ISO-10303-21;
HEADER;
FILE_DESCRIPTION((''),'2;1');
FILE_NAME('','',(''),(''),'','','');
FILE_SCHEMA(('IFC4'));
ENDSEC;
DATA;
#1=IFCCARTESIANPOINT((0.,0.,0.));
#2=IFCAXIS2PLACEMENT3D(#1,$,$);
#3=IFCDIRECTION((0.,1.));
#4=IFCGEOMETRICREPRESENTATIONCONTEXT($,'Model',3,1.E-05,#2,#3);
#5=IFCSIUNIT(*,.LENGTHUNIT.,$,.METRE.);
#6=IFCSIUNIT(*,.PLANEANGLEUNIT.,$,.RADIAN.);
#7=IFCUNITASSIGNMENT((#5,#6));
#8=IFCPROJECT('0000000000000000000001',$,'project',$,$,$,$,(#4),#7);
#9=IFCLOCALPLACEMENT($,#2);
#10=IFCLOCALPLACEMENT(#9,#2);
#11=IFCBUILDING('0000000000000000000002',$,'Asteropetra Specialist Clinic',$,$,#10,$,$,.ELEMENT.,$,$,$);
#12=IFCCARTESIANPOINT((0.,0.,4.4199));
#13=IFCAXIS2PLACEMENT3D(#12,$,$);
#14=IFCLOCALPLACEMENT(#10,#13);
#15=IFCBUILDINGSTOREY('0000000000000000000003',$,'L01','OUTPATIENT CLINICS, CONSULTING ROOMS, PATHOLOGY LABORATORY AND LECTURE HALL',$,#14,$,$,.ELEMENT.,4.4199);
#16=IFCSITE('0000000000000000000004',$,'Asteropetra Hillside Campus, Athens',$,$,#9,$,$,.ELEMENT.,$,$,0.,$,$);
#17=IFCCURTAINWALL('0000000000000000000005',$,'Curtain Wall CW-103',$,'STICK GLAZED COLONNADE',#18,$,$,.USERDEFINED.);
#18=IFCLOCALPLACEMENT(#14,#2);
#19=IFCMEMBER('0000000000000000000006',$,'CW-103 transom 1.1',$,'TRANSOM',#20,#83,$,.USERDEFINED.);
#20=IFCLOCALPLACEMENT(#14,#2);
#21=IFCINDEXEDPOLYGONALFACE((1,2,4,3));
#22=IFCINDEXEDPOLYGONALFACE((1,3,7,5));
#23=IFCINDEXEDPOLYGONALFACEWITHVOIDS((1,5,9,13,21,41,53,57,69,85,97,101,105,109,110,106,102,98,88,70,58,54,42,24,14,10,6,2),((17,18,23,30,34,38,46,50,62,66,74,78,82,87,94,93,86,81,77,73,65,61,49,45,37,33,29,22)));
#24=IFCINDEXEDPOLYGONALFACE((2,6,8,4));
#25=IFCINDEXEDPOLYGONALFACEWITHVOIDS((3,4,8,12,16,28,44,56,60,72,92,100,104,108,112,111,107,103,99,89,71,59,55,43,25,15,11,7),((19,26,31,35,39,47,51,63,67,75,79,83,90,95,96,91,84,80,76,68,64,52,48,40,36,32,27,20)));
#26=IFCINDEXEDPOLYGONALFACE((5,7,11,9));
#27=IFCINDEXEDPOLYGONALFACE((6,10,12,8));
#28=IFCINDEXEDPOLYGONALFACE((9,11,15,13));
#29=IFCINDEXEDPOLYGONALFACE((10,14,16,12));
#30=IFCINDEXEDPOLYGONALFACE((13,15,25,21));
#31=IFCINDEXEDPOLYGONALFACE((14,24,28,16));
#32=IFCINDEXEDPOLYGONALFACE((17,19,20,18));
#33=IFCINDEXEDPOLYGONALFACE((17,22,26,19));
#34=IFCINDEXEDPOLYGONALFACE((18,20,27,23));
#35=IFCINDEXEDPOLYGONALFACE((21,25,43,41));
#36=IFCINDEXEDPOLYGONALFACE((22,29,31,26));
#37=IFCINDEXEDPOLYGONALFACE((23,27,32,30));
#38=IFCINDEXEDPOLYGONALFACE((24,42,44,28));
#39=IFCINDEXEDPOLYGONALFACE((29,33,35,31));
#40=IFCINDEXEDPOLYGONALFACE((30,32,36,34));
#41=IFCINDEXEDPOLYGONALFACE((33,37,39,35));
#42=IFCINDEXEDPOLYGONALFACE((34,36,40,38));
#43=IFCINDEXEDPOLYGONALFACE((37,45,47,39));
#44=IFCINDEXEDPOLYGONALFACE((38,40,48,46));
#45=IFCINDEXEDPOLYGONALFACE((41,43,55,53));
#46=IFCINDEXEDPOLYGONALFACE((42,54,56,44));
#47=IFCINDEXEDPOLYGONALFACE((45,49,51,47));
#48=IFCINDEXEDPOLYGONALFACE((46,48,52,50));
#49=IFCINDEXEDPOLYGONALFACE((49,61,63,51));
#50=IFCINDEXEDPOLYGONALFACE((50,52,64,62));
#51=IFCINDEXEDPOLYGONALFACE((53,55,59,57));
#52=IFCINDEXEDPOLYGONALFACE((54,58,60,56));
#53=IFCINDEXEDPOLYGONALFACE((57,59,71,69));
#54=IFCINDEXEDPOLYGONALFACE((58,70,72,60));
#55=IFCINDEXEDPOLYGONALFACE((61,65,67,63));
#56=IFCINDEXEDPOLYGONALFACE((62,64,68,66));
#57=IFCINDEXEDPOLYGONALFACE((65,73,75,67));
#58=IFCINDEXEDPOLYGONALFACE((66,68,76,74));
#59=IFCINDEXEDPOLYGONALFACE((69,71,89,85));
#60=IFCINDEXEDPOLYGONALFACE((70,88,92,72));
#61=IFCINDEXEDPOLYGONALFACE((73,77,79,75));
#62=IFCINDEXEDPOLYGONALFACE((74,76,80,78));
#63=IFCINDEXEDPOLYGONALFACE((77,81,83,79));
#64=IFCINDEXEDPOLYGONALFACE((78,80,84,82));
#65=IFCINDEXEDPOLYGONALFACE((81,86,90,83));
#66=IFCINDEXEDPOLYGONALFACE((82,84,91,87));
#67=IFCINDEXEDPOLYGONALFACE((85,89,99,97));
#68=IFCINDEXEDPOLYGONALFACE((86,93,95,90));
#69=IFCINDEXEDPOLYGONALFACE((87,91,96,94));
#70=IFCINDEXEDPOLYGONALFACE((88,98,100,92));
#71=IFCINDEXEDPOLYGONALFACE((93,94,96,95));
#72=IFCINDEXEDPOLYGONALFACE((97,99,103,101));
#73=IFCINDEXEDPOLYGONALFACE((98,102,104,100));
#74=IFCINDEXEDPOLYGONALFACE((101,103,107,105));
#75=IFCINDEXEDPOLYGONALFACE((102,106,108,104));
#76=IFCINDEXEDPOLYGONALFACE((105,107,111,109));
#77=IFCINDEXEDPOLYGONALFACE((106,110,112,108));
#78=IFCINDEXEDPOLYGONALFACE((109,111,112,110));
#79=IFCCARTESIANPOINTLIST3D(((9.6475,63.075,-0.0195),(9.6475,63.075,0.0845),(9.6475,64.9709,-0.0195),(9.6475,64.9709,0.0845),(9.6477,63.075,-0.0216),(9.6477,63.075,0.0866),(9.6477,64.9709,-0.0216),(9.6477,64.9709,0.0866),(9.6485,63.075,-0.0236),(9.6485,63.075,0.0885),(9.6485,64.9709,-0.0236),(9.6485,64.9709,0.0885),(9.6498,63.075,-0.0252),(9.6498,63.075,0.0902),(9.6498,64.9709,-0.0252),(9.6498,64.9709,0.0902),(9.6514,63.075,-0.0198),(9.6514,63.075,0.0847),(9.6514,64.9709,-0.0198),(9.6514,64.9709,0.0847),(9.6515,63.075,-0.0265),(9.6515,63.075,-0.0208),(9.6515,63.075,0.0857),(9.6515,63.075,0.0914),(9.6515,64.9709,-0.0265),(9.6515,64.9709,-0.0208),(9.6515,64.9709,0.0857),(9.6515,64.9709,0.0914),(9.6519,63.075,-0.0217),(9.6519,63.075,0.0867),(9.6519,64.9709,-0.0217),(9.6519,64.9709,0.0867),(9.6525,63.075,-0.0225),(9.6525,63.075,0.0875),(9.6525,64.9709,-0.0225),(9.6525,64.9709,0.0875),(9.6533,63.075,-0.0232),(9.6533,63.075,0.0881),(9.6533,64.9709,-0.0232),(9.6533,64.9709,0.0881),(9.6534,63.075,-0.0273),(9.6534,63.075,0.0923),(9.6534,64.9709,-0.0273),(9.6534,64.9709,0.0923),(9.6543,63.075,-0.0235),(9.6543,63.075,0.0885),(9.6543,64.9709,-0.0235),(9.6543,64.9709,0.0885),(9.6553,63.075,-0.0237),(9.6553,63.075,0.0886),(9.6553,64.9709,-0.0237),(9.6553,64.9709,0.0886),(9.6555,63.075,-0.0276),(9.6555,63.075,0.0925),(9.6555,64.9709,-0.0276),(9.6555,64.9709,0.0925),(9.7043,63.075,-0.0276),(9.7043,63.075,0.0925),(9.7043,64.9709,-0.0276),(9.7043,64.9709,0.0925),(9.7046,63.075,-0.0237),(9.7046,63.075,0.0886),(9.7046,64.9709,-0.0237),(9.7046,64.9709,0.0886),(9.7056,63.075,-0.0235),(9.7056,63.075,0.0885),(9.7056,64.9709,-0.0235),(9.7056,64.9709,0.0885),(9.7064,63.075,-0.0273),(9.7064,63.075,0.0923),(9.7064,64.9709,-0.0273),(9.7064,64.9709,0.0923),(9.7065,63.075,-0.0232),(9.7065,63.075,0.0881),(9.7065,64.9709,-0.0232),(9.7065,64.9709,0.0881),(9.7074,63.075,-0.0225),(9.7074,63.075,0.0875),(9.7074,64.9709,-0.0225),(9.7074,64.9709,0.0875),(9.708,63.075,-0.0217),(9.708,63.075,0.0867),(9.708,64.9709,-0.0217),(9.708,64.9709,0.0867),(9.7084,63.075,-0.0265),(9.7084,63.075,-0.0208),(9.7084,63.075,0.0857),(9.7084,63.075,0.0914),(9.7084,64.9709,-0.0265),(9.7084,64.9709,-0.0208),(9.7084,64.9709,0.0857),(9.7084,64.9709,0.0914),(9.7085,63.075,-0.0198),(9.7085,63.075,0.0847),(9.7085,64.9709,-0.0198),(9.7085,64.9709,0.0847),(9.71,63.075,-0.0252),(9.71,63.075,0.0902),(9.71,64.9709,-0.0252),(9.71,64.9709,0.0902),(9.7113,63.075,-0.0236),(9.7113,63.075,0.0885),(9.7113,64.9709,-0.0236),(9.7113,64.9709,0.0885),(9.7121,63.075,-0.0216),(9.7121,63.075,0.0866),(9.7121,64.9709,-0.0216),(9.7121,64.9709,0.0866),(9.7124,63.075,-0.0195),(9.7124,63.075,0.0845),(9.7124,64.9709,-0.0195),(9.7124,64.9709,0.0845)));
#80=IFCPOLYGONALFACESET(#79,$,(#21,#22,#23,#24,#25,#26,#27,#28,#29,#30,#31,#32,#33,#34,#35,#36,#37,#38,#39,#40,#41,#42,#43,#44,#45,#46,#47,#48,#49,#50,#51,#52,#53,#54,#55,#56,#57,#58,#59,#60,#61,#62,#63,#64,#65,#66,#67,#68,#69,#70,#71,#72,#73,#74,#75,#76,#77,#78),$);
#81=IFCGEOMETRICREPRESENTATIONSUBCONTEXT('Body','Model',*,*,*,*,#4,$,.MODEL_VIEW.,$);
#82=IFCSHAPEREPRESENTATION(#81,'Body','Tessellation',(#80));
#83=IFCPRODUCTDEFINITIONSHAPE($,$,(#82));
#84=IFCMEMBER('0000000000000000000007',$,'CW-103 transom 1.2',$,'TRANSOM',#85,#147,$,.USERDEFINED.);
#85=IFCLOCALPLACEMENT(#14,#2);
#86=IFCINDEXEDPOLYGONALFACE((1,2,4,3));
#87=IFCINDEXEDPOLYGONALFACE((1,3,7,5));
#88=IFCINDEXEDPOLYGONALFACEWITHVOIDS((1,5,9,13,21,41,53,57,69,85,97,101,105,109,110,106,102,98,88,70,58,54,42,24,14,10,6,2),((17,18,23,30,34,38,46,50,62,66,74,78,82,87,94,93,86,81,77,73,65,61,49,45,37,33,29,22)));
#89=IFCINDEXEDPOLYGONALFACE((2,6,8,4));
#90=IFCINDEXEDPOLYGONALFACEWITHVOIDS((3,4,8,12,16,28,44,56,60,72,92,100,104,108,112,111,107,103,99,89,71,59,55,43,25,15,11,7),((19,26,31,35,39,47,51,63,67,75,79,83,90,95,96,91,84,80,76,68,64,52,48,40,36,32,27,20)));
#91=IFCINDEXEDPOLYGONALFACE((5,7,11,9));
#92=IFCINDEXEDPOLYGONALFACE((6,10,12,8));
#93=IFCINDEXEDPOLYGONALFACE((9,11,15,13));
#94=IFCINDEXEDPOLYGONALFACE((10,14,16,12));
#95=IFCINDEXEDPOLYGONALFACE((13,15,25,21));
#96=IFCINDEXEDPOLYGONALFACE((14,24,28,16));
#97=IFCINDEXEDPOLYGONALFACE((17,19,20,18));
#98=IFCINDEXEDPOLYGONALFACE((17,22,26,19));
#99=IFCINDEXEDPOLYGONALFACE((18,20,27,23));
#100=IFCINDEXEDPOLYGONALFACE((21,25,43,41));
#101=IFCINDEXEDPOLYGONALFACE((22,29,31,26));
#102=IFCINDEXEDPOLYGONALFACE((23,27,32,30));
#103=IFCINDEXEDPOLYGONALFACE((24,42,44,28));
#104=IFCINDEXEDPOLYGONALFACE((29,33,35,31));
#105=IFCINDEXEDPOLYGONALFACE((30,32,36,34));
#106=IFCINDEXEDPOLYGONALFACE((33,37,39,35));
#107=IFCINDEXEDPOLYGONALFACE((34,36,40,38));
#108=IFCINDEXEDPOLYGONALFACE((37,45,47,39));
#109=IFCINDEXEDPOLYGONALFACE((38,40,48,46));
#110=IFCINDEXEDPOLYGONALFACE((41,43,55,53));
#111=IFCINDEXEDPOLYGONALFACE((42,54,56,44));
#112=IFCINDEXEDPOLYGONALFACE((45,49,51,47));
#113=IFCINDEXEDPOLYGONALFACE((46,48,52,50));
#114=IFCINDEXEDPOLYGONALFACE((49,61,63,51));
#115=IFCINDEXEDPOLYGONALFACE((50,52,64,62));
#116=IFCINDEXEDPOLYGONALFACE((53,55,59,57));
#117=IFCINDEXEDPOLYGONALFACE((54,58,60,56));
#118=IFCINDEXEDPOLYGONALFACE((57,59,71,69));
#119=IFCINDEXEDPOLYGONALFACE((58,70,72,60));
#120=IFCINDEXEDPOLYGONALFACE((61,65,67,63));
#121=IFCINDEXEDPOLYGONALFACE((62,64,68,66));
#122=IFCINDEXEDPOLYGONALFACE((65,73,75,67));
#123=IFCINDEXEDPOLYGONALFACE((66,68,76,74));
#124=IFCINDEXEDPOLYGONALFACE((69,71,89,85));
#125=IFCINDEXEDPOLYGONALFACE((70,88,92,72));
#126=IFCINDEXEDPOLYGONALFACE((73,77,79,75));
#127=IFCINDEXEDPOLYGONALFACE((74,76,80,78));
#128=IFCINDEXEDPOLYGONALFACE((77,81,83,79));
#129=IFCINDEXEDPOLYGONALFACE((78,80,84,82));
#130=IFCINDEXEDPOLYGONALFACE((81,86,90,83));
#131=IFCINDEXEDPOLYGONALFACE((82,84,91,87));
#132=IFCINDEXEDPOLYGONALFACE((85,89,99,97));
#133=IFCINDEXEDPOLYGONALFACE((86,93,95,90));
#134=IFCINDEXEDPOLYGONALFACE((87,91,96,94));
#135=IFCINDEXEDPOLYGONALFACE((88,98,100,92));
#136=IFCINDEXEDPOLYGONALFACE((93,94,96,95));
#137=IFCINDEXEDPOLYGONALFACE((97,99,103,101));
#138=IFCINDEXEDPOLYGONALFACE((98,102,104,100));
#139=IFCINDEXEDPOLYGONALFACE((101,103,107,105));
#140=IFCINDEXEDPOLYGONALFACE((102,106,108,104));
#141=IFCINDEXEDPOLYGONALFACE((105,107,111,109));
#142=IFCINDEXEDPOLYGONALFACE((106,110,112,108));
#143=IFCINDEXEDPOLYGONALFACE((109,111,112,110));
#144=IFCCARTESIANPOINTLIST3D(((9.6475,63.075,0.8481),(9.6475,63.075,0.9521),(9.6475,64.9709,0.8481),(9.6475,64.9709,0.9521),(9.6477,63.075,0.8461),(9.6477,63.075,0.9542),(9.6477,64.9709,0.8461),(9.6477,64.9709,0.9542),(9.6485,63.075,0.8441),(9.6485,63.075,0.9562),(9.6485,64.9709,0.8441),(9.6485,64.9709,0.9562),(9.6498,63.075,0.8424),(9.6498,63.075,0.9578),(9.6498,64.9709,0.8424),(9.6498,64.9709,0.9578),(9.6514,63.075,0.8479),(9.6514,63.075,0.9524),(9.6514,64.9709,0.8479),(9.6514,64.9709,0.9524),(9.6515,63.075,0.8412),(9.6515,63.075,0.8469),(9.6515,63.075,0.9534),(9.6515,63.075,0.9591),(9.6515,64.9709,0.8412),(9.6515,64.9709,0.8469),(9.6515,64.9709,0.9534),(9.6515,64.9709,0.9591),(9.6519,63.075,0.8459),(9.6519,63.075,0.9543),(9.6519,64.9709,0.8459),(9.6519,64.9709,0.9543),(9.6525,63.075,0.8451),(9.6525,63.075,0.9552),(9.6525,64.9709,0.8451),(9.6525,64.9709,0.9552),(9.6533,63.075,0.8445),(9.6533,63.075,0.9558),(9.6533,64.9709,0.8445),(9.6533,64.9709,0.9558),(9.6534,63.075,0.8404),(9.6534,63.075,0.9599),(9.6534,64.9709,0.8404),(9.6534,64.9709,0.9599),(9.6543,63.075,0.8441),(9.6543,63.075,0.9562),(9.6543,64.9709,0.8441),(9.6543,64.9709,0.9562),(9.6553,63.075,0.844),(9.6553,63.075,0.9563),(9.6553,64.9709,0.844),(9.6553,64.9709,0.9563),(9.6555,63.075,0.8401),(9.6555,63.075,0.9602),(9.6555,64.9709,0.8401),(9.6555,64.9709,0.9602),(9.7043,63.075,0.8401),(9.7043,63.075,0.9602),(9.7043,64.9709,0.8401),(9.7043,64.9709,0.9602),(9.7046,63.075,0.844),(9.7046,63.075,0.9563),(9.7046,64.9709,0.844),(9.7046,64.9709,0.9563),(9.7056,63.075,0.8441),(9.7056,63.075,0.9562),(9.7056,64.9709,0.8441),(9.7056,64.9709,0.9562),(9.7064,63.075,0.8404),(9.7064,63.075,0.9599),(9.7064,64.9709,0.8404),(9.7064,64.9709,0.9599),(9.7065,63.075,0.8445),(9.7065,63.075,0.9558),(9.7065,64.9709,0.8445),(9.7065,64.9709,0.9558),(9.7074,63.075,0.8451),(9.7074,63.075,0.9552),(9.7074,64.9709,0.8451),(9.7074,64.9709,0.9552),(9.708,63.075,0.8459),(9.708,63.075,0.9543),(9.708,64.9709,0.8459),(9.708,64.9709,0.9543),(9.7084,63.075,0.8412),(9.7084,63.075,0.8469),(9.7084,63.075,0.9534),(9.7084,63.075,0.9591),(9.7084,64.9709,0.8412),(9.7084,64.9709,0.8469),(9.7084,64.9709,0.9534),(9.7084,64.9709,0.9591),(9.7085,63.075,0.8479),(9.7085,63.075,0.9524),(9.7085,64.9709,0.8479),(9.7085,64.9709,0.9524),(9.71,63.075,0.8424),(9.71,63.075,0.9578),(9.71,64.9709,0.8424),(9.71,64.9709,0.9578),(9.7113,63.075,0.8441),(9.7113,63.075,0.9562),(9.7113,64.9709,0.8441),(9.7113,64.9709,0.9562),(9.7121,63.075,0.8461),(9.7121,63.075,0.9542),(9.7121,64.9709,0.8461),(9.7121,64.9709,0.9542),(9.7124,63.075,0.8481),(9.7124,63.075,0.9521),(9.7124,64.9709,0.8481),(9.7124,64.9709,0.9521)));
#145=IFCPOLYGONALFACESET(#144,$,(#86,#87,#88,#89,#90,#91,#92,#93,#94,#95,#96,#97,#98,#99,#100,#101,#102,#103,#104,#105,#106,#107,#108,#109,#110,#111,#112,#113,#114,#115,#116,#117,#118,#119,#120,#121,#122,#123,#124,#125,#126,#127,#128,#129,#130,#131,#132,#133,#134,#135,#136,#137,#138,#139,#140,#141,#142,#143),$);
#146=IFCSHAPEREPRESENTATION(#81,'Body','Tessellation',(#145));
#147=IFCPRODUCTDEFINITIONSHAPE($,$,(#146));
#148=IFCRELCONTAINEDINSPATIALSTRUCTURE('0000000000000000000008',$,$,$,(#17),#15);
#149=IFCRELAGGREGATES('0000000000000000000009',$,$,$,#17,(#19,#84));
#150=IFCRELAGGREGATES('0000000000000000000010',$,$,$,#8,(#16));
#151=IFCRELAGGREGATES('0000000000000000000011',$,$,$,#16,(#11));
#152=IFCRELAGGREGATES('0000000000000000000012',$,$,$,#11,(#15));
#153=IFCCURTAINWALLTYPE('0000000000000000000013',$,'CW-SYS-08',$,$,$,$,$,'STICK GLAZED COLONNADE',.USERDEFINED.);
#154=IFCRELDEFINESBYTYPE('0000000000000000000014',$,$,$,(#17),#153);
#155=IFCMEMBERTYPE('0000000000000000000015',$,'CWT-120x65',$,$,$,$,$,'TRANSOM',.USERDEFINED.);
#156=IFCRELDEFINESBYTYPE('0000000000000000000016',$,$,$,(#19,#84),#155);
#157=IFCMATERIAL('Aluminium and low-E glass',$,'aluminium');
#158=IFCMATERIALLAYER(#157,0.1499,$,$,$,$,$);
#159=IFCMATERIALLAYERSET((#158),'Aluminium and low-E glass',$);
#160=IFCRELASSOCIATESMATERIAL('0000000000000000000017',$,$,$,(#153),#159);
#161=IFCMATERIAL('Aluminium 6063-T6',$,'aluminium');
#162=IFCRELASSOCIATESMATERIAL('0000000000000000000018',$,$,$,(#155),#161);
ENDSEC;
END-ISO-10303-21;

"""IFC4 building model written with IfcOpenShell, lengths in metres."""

from ifc_helpers import new_model, si_unit, direction, frame, origin, origin_2d, place, context, subcontext, project, spatial, hollow_rectangle, extrude, material, layer, layer_set, material_profile, profile_set, type_object, element, aggregate, save


model = new_model("IFC4")

# Units and contexts
model_context = context("Model", 3, precision=1e-05, world=origin(), true_north=direction((0.0, 1.0)))
body_context = subcontext(model_context, "Body", "Model", "MODEL_VIEW")
ifc_project = project(units=[si_unit("LENGTHUNIT", "METRE"), si_unit("PLANEANGLEUNIT", "RADIAN")], contexts=[model_context])

# Site, building, storey
site_placement = place(None, origin())
site = spatial("IfcSite", under=ifc_project, at=site_placement, Name="Asteropetra Hillside Campus, Athens", CompositionType="ELEMENT", RefElevation=0.0)
building_placement = place(site_placement, origin())
building = spatial("IfcBuilding", under=site, at=building_placement, Name="Asteropetra Specialist Clinic", CompositionType="ELEMENT")
storey_placement = place(building_placement, frame((0.0, 0.0, 4.4199)))
storey = spatial("IfcBuildingStorey", under=building, at=storey_placement, Name="L01", Description="OUTPATIENT CLINICS, CONSULTING ROOMS, PATHOLOGY LABORATORY AND LECTURE HALL", CompositionType="ELEMENT", Elevation=4.4199)

# Curtain wall
ifc_material_1 = material(Name="Aluminium and low-E glass", Category="aluminium")
ifc_layer_1 = layer(ifc_material_1, 0.1499)
ifc_layer_set_1 = layer_set([ifc_layer_1], Name="Aluminium and low-E glass")
curtain_wall_type_1 = type_object("IfcCurtainWallType", Name="CW-SYS-08", ElementType="STICK GLAZED COLONNADE", PredefinedType="USERDEFINED", material=ifc_layer_set_1)
curtain_wall_1_placement = place(storey_placement, origin())
curtain_wall_1 = element("IfcCurtainWall", 1, at=curtain_wall_1_placement, inside=storey, type_object=curtain_wall_type_1, Name="Curtain Wall CW-103", ObjectType="STICK GLAZED COLONNADE", PredefinedType="USERDEFINED")

# Members
ifc_material_2 = material(Name="Aluminium 6063-T6", Category="aluminium")
ifc_material_profile_1 = material_profile(ifc_material_2, hollow_rectangle(XDim=0.0649, YDim=0.1201, WallThickness=0.0039, InnerFilletRadius=0.0039, OuterFilletRadius=0.0081, at=origin_2d()), Name="TRN 120x65x4.0")
ifc_profile_set_1 = profile_set([ifc_material_profile_1], Name="Aluminium 6063-T6")
member_type_1 = type_object("IfcMemberType", Name="CWT-120x65", ElementType="TRANSOM", PredefinedType="USERDEFINED", material=ifc_profile_set_1)
member_1_placement = place(storey_placement, frame((9.6799, 63.075, 0.0325), z_axis=(0.0, 1.0, 0.0), x_axis=(-1.0, 0.0, 0.0)))
member_1 = element("IfcMember", 2, at=member_1_placement, type_object=member_type_1, Name="CW-103 transom 1.1", ObjectType="TRANSOM", PredefinedType="USERDEFINED", context=body_context, shape_type="SweptSolid", body=[
    extrude(hollow_rectangle(XDim=0.0649, YDim=0.1201, WallThickness=0.0039, InnerFilletRadius=0.0039, OuterFilletRadius=0.0081, at=origin_2d()), origin(), (0.0, 0.0, 1.0), 1.896),
])
member_2_placement = place(storey_placement, frame((9.6799, 63.075, 0.9001), z_axis=(0.0, 1.0, 0.0), x_axis=(-1.0, 0.0, 0.0)))
member_2 = element("IfcMember", 3, at=member_2_placement, type_object=member_type_1, Name="CW-103 transom 1.2", ObjectType="TRANSOM", PredefinedType="USERDEFINED", context=body_context, shape_type="SweptSolid", body=[
    extrude(hollow_rectangle(XDim=0.0649, YDim=0.1201, WallThickness=0.0039, InnerFilletRadius=0.0039, OuterFilletRadius=0.0081, at=origin_2d()), origin(), (0.0, 0.0, 1.0), 1.896),
])

aggregate(curtain_wall_1, [member_1, member_2])

save(model, "model.ifc")
